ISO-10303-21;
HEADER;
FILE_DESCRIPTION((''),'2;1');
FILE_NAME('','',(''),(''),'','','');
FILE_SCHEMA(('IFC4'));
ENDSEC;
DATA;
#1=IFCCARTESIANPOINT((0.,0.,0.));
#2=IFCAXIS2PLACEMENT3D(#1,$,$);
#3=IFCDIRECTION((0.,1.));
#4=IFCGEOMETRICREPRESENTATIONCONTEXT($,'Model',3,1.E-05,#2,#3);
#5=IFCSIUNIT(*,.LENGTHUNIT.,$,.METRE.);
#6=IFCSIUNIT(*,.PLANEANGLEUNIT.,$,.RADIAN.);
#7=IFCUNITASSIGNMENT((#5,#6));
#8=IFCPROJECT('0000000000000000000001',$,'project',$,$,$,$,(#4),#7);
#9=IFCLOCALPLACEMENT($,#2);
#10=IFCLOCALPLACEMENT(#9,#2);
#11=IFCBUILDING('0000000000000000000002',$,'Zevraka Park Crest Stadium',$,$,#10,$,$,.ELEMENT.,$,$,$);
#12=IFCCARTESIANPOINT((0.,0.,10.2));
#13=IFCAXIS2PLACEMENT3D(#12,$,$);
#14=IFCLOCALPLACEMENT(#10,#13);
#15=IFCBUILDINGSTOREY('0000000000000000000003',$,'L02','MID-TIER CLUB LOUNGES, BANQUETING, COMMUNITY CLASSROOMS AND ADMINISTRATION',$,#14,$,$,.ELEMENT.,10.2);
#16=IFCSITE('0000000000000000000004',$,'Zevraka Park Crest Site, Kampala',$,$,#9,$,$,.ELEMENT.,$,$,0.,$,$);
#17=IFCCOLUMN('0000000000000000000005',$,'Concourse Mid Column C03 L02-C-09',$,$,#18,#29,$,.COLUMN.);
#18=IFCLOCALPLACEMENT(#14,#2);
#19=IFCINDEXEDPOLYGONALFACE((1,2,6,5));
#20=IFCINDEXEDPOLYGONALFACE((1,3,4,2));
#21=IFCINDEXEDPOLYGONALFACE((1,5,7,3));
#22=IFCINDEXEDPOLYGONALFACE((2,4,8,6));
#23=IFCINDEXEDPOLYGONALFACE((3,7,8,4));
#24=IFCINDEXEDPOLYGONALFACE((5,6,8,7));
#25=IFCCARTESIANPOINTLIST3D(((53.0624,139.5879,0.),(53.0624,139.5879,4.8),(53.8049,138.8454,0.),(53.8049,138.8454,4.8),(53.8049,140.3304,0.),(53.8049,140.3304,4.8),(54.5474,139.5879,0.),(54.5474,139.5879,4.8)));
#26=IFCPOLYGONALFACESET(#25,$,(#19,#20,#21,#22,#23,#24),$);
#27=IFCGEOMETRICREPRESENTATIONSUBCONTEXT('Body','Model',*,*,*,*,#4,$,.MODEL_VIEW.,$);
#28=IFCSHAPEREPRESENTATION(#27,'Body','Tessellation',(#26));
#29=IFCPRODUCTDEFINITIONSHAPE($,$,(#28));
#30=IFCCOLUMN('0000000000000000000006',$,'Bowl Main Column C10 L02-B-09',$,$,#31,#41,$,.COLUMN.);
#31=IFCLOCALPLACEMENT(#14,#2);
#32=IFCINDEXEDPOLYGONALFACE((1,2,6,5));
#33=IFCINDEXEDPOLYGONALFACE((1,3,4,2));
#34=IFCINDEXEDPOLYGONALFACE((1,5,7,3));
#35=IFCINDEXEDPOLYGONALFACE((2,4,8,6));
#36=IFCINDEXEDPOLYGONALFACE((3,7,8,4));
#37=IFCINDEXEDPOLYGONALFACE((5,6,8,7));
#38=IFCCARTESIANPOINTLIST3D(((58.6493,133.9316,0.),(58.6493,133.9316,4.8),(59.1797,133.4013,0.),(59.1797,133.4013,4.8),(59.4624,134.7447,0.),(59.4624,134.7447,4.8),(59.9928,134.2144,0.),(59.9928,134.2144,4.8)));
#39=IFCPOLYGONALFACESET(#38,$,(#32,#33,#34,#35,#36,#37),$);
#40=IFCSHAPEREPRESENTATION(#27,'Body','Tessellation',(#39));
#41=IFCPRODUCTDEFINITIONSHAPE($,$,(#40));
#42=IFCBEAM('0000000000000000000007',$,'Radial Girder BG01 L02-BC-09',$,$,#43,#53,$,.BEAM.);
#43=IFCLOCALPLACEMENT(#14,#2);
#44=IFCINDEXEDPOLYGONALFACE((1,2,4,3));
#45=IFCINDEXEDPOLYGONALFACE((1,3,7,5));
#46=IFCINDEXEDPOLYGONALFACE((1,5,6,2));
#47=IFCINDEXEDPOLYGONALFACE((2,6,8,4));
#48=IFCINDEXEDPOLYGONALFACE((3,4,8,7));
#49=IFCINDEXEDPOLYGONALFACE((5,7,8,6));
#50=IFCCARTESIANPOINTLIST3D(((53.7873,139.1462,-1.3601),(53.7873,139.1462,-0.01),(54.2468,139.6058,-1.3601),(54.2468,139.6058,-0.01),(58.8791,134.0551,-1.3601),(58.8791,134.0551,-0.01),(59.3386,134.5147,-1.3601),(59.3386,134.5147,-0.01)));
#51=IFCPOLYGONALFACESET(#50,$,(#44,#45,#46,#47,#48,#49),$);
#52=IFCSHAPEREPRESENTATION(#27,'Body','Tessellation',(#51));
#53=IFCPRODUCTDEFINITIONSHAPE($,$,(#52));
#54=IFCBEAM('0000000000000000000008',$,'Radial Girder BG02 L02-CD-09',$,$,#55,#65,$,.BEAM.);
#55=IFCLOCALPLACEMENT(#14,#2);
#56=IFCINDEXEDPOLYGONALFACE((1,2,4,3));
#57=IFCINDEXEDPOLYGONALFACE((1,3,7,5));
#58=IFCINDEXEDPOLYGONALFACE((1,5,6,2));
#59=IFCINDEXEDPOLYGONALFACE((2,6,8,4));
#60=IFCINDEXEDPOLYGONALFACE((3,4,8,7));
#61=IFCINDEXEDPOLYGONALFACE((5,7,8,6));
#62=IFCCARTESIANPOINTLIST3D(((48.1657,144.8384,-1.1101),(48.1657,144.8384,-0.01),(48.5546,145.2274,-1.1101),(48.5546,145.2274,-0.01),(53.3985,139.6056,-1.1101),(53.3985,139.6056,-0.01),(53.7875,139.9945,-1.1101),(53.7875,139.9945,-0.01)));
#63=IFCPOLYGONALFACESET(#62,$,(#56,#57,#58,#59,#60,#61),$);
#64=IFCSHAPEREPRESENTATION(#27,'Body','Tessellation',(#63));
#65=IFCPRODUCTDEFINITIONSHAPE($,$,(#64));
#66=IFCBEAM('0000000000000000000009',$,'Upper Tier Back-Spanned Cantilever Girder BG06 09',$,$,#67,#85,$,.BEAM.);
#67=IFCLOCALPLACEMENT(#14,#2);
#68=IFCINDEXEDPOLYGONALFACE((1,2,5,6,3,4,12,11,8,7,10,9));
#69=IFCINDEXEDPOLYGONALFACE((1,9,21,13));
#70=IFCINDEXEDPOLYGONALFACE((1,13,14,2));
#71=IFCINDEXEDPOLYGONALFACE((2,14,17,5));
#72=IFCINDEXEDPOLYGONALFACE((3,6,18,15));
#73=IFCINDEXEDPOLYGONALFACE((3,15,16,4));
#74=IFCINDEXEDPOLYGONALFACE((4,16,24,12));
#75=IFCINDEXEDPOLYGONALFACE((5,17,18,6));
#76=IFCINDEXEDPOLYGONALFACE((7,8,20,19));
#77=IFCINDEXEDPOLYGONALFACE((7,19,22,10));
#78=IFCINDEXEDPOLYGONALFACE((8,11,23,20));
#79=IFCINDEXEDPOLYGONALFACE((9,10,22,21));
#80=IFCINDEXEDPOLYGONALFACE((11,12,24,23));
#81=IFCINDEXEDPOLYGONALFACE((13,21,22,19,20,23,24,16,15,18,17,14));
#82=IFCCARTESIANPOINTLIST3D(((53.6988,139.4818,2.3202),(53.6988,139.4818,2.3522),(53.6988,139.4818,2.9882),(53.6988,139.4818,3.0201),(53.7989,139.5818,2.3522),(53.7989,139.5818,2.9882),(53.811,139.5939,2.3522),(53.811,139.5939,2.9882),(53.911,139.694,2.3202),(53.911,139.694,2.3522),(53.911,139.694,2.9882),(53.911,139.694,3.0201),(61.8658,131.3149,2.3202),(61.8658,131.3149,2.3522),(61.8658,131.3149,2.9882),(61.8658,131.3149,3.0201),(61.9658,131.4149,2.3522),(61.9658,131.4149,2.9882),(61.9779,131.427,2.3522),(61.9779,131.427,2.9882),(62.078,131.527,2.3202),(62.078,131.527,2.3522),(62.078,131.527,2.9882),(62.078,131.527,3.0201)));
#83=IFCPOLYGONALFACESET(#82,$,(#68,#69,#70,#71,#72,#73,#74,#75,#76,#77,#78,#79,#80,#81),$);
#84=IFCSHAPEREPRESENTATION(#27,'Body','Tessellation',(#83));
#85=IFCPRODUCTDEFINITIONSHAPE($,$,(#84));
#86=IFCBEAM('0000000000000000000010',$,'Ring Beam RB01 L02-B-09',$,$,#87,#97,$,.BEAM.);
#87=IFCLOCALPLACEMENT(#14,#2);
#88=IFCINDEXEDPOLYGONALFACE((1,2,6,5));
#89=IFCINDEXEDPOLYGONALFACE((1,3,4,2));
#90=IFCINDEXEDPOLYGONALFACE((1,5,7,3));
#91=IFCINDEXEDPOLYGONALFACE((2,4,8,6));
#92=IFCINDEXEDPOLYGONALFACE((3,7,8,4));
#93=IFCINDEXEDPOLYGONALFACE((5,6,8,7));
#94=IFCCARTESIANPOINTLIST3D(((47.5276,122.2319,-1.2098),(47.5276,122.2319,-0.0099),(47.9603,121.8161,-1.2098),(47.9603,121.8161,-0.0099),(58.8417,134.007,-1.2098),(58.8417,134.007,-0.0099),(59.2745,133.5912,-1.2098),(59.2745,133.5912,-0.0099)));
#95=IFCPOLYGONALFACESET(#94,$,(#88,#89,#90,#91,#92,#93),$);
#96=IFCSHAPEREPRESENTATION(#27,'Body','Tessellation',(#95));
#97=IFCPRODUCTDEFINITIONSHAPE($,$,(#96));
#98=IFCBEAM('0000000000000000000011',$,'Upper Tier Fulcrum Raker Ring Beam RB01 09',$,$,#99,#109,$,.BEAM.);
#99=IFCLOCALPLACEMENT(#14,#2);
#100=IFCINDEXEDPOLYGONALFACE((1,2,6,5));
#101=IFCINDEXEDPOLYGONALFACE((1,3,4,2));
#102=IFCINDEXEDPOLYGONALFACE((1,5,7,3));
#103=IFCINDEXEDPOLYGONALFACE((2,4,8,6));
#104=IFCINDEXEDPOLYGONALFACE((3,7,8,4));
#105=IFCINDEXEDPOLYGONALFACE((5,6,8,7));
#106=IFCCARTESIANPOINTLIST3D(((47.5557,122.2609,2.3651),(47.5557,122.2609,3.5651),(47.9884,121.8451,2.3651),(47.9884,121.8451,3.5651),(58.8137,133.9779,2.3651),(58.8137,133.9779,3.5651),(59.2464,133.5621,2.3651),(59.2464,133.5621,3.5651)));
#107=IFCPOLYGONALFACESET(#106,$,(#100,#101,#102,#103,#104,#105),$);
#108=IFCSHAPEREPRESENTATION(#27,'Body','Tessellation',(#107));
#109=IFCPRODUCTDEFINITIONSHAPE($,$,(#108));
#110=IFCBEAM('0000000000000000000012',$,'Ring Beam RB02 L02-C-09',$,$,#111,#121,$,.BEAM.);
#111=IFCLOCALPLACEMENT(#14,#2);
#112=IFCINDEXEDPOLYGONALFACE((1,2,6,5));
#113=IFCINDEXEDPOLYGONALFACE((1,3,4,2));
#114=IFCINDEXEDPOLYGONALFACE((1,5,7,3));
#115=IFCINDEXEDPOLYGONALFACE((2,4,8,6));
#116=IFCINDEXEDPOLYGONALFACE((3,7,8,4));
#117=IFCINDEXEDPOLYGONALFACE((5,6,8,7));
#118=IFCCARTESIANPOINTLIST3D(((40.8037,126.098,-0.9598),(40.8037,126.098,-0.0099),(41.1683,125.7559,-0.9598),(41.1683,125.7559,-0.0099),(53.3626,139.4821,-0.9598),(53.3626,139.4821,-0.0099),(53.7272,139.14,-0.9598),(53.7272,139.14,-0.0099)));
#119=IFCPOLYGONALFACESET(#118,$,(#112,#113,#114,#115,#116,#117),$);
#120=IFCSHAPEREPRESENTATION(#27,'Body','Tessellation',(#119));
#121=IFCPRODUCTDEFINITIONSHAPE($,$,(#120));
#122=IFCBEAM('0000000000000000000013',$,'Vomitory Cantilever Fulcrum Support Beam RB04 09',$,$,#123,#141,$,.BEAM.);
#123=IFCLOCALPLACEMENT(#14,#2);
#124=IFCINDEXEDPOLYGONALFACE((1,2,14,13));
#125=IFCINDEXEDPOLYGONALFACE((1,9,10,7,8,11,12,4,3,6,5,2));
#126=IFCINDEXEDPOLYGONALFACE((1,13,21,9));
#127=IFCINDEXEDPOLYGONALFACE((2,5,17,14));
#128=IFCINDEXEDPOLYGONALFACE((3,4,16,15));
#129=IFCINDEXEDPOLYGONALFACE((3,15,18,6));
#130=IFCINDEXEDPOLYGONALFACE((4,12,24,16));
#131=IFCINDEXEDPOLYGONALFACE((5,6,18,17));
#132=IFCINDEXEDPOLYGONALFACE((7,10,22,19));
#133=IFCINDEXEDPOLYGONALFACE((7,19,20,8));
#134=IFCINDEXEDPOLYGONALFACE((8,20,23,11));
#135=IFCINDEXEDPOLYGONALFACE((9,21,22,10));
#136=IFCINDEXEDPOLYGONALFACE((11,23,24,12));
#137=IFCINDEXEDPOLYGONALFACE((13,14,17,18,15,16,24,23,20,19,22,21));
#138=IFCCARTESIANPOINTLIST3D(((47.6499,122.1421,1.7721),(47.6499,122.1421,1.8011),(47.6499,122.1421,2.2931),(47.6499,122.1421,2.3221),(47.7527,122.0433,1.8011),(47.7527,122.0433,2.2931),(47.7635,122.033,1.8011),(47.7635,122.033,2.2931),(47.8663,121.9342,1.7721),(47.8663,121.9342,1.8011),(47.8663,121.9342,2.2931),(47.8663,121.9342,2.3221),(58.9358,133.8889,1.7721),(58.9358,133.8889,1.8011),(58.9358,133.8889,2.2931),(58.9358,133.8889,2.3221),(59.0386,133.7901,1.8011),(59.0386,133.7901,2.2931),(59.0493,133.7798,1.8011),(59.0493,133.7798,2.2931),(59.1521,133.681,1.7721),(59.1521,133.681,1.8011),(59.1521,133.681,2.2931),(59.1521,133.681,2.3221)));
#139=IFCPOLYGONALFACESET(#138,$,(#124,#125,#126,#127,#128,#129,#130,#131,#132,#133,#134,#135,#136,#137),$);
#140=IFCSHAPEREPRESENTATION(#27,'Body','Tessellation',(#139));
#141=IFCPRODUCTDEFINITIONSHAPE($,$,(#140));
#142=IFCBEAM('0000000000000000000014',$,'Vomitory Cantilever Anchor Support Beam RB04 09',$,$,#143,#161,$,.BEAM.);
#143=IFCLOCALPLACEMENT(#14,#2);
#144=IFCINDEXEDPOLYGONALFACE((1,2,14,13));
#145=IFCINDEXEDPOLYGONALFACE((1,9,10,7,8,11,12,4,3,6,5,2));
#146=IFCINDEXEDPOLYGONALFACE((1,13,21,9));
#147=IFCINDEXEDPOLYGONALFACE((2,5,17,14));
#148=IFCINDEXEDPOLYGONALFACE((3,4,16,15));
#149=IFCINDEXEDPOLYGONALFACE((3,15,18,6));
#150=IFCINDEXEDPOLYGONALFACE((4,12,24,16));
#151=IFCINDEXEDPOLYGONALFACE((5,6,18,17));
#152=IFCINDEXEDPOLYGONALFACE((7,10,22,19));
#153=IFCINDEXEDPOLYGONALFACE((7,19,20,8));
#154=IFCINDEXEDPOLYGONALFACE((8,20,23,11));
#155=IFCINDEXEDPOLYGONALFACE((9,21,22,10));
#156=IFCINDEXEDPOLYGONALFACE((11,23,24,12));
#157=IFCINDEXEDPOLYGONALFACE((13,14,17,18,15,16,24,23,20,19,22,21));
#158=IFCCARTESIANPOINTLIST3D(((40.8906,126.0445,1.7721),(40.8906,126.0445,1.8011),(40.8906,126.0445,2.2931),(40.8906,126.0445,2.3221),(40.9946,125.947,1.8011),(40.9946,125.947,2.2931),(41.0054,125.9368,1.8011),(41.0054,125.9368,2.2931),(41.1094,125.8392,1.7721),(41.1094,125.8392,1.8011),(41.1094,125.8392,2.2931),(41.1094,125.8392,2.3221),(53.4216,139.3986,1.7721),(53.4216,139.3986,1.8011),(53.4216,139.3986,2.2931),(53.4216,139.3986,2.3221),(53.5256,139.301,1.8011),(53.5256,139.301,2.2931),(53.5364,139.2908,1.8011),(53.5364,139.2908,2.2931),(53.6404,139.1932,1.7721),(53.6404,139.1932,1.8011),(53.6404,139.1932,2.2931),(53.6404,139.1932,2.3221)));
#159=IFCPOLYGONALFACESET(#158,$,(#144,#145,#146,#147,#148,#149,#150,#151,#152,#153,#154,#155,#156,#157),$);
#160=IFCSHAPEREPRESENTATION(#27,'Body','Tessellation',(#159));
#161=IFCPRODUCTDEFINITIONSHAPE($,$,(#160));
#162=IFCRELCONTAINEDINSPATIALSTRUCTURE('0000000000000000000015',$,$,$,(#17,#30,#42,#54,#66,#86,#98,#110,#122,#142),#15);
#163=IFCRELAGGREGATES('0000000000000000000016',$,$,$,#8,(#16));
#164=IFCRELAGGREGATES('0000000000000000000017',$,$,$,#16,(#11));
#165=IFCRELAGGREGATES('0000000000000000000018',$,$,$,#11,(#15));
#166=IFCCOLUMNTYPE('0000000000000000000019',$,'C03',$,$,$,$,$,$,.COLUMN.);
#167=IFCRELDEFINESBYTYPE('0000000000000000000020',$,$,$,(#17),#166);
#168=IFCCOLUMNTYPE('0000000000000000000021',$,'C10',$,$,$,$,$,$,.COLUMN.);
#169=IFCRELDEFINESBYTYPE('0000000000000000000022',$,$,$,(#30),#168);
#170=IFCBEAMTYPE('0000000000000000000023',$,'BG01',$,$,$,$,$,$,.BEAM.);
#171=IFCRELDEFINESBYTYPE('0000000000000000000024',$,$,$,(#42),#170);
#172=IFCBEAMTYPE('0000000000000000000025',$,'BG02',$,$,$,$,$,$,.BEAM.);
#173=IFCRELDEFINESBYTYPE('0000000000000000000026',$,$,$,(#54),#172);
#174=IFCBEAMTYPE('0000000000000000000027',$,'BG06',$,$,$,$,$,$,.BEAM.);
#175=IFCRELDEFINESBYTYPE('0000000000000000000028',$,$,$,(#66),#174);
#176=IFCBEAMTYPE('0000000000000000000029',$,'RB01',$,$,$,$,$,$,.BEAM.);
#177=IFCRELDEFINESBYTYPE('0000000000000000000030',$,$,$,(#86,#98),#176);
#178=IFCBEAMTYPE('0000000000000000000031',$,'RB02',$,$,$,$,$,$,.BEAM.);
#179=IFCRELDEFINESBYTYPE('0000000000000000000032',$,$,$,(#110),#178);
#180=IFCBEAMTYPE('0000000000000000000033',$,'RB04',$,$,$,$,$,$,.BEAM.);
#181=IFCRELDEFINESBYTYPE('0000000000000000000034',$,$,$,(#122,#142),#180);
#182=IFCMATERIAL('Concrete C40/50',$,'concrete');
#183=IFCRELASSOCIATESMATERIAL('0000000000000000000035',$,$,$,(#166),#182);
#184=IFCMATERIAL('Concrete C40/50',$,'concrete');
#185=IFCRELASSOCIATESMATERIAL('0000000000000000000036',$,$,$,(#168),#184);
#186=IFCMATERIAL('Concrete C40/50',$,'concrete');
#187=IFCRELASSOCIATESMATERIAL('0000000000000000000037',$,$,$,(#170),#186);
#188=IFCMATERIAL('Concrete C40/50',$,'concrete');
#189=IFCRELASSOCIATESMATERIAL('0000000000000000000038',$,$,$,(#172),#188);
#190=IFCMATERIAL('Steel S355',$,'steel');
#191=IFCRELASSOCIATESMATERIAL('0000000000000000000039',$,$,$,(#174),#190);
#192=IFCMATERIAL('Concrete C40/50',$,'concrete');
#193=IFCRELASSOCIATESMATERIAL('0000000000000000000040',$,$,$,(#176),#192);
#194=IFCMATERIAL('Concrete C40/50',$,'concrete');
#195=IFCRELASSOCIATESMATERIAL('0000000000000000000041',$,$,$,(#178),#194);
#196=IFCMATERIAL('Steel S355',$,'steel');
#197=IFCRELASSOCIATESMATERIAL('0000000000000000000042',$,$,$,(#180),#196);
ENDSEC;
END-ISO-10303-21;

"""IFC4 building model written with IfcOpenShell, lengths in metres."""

from ifc_helpers import new_model, si_unit, direction, frame, origin, origin_2d, place, context, subcontext, project, spatial, rectangle, i_section, extrude, material, material_profile, profile_set, type_object, element, save


model = new_model("IFC4")

# Units and contexts
model_context = context("Model", 3, precision=1e-05, world=origin(), true_north=direction((0.0, 1.0)))
body_context = subcontext(model_context, "Body", "Model", "MODEL_VIEW")
ifc_project = project(units=[si_unit("LENGTHUNIT", "METRE"), si_unit("PLANEANGLEUNIT", "RADIAN")], contexts=[model_context])

# Site, building, storey
site_placement = place(None, origin())
site = spatial("IfcSite", under=ifc_project, at=site_placement, Name="Zevraka Park Crest Site, Kampala", CompositionType="ELEMENT", RefElevation=0.0)
building_placement = place(site_placement, origin())
building = spatial("IfcBuilding", under=site, at=building_placement, Name="Zevraka Park Crest Stadium", CompositionType="ELEMENT")
storey_placement = place(building_placement, frame((0.0, 0.0, 10.2)))
storey = spatial("IfcBuildingStorey", under=building, at=storey_placement, Name="L02", Description="MID-TIER CLUB LOUNGES, BANQUETING, COMMUNITY CLASSROOMS AND ADMINISTRATION", CompositionType="ELEMENT", Elevation=10.2)

# Columns
ifc_material_1 = material(Name="Concrete C40/50", Category="concrete")
ifc_material_profile_1 = material_profile(ifc_material_1, rectangle(XDim=1.05, YDim=1.05, at=origin_2d()), Name="RC 1050x1050")
ifc_profile_set_1 = profile_set([ifc_material_profile_1], Name="Concrete C40/50")
column_type_1 = type_object("IfcColumnType", Name="C03", PredefinedType="COLUMN", material=ifc_profile_set_1)
column_1_placement = place(storey_placement, frame((53.8049, 139.5879, 0.0), z_axis=(0.0, 0.0, 1.0), x_axis=(-0.707107, 0.707107, 0.0)))
element("IfcColumn", 1, at=column_1_placement, inside=storey, type_object=column_type_1, Name="Concourse Mid Column C03 L02-C-09", PredefinedType="COLUMN", context=body_context, shape_type="SweptSolid", body=[
    extrude(rectangle(XDim=1.05, YDim=1.05, at=origin_2d()), origin(), (0.0, 0.0, 1.0), 4.8),
])
ifc_material_2 = material(Name="Concrete C40/50", Category="concrete")
ifc_material_profile_2 = material_profile(ifc_material_2, rectangle(XDim=0.75, YDim=1.1499, at=origin_2d()), Name="RC 1150x750")
ifc_profile_set_2 = profile_set([ifc_material_profile_2], Name="Concrete C40/50")
column_type_2 = type_object("IfcColumnType", Name="C10", PredefinedType="COLUMN", material=ifc_profile_set_2)
column_2_placement = place(storey_placement, frame((59.321, 134.073, 0.0), z_axis=(0.0, 0.0, 1.0), x_axis=(-0.707107, 0.707107, 0.0)))
element("IfcColumn", 2, at=column_2_placement, inside=storey, type_object=column_type_2, Name="Bowl Main Column C10 L02-B-09", PredefinedType="COLUMN", context=body_context, shape_type="SweptSolid", body=[
    extrude(rectangle(XDim=0.75, YDim=1.1499, at=origin_2d()), origin(), (0.0, 0.0, 1.0), 4.8),
])

# Beams
ifc_material_3 = material(Name="Concrete C40/50", Category="concrete")
ifc_material_profile_3 = material_profile(ifc_material_3, rectangle(XDim=0.6499, YDim=1.3501, at=origin_2d()), Name="RC 1350x650")
ifc_profile_set_3 = profile_set([ifc_material_profile_3], Name="Concrete C40/50")
beam_type_1 = type_object("IfcBeamType", Name="BG01", PredefinedType="BEAM", material=ifc_profile_set_3)
beam_1_placement = place(storey_placement, frame((59.1089, 134.2849, -0.6851), z_axis=(-0.707158, 0.707056, 0.0), x_axis=(-0.707056, -0.707158, 0.0)))
element("IfcBeam", 3, at=beam_1_placement, inside=storey, type_object=beam_type_1, Name="Radial Girder BG01 L02-BC-09", PredefinedType="BEAM", context=body_context, shape_type="SweptSolid", body=[
    extrude(rectangle(XDim=0.6499, YDim=1.3501, at=origin_2d()), origin(), (0.0, 0.0, 1.0), 7.2004),
])
ifc_material_4 = material(Name="Concrete C40/50", Category="concrete")
ifc_material_profile_4 = material_profile(ifc_material_4, rectangle(XDim=0.55, YDim=1.1001, at=origin_2d()), Name="RC 1100x550")
ifc_profile_set_4 = profile_set([ifc_material_profile_4], Name="Concrete C40/50")
beam_type_2 = type_object("IfcBeamType", Name="BG02", PredefinedType="BEAM", material=ifc_profile_set_4)
beam_2_placement = place(storey_placement, frame((53.593, 139.8, -0.5601), z_axis=(-0.707107, 0.707107, 0.0), x_axis=(-0.707107, -0.707107, 0.0)))
element("IfcBeam", 4, at=beam_2_placement, inside=storey, type_object=beam_type_2, Name="Radial Girder BG02 L02-CD-09", PredefinedType="BEAM", context=body_context, shape_type="SweptSolid", body=[
    extrude(rectangle(XDim=0.55, YDim=1.1001, at=origin_2d()), origin(), (0.0, 0.0, 1.0), 7.4004),
])
ifc_material_5 = material(Name="Steel S355", Category="steel")
ifc_material_profile_5 = material_profile(ifc_material_5, i_section(OverallWidth=0.3, OverallDepth=0.7, WebThickness=0.0171, FlangeThickness=0.032, at=origin_2d()), Name="HEB 700")
ifc_profile_set_5 = profile_set([ifc_material_profile_5], Name="Steel S355")
beam_type_3 = type_object("IfcBeamType", Name="BG06", PredefinedType="BEAM", material=ifc_profile_set_5)
beam_3_placement = place(storey_placement, frame((53.8049, 139.5879, 2.6702), z_axis=(0.707107, -0.707107, 0.0), x_axis=(0.707107, 0.707107, 0.0)))
element("IfcBeam", 5, at=beam_3_placement, inside=storey, type_object=beam_type_3, Name="Upper Tier Back-Spanned Cantilever Girder BG06 09", PredefinedType="BEAM", context=body_context, shape_type="SweptSolid", body=[
    extrude(i_section(OverallWidth=0.3, OverallDepth=0.7, WebThickness=0.0171, FlangeThickness=0.032, at=origin_2d()), origin(), (0.0, 0.0, 1.0), 11.5498),
])
ifc_material_6 = material(Name="Concrete C40/50", Category="concrete")
ifc_material_profile_6 = material_profile(ifc_material_6, rectangle(XDim=0.6001, YDim=1.2, at=origin_2d()), Name="RC 1200x600")
ifc_profile_set_6 = profile_set([ifc_material_profile_6], Name="Concrete C40/50")
beam_type_4 = type_object("IfcBeamType", Name="RB01", PredefinedType="BEAM", material=ifc_profile_set_6)
beam_4_placement = place(storey_placement, frame((59.0581, 133.7991, -0.6099), z_axis=(-0.692853, -0.721079, 0.0), x_axis=(0.721079, -0.692853, 0.0)))
element("IfcBeam", 6, at=beam_4_placement, inside=storey, type_object=beam_type_4, Name="Ring Beam RB01 L02-B-09", PredefinedType="BEAM", context=body_context, shape_type="SweptSolid", body=[
    extrude(rectangle(XDim=0.6001, YDim=1.2, at=origin_2d()), origin(), (0.0, 0.0, 1.0), 16.3298),
])
beam_5_placement = place(storey_placement, frame((59.03, 133.77, 2.9651), z_axis=(-0.692842, -0.721089, 0.0), x_axis=(0.721089, -0.692842, 0.0)))
element("IfcBeam", 7, at=beam_5_placement, inside=storey, type_object=beam_type_4, Name="Upper Tier Fulcrum Raker Ring Beam RB01 09", PredefinedType="BEAM", context=body_context, shape_type="SweptSolid", body=[
    extrude(rectangle(XDim=0.6001, YDim=1.2, at=origin_2d()), origin(), (0.0, 0.0, 1.0), 16.249),
])
ifc_material_7 = material(Name="Concrete C40/50", Category="concrete")
ifc_material_profile_7 = material_profile(ifc_material_7, rectangle(XDim=0.5, YDim=0.95, at=origin_2d()), Name="RC 950x500")
ifc_profile_set_7 = profile_set([ifc_material_profile_7], Name="Concrete C40/50")
beam_type_5 = type_object("IfcBeamType", Name="RB02", PredefinedType="BEAM", material=ifc_profile_set_7)
beam_6_placement = place(storey_placement, frame((53.5449, 139.311, -0.4849), z_axis=(-0.684269, -0.72923, 0.0), x_axis=(0.72923, -0.684269, 0.0)))
element("IfcBeam", 8, at=beam_6_placement, inside=storey, type_object=beam_type_5, Name="Ring Beam RB02 L02-C-09", PredefinedType="BEAM", context=body_context, shape_type="SweptSolid", body=[
    extrude(rectangle(XDim=0.5, YDim=0.95, at=origin_2d()), origin(), (0.0, 0.0, 1.0), 18.3538),
])
ifc_material_8 = material(Name="Steel S355", Category="steel")
ifc_material_profile_8 = material_profile(ifc_material_8, i_section(OverallWidth=0.3, OverallDepth=0.55, WebThickness=0.0149, FlangeThickness=0.0291, at=origin_2d()), Name="HEB 550")
ifc_profile_set_8 = profile_set([ifc_material_profile_8], Name="Steel S355")
beam_type_6 = type_object("IfcBeamType", Name="RB04", PredefinedType="BEAM", material=ifc_profile_set_8)
beam_7_placement = place(storey_placement, frame((59.0439, 133.7849, 2.0471), z_axis=(-0.692817, -0.721113, 0.0), x_axis=(0.721113, -0.692817, 0.0)))
element("IfcBeam", 9, at=beam_7_placement, inside=storey, type_object=beam_type_6, Name="Vomitory Cantilever Fulcrum Support Beam RB04 09", PredefinedType="BEAM", context=body_context, shape_type="SweptSolid", body=[
    extrude(i_section(OverallWidth=0.3, OverallDepth=0.55, WebThickness=0.0149, FlangeThickness=0.0291, at=origin_2d()), origin(), (0.0, 0.0, 1.0), 16.2898),
])
beam_8_placement = place(storey_placement, frame((53.531, 139.2959, 2.0471), z_axis=(-0.684279, -0.72922, 0.0), x_axis=(0.72922, -0.684279, 0.0)))
element("IfcBeam", 10, at=beam_8_placement, inside=storey, type_object=beam_type_6, Name="Vomitory Cantilever Anchor Support Beam RB04 09", PredefinedType="BEAM", context=body_context, shape_type="SweptSolid", body=[
    extrude(i_section(OverallWidth=0.3, OverallDepth=0.55, WebThickness=0.0149, FlangeThickness=0.0291, at=origin_2d()), origin(), (0.0, 0.0, 1.0), 18.3127),
])

save(model, "model.ifc")
